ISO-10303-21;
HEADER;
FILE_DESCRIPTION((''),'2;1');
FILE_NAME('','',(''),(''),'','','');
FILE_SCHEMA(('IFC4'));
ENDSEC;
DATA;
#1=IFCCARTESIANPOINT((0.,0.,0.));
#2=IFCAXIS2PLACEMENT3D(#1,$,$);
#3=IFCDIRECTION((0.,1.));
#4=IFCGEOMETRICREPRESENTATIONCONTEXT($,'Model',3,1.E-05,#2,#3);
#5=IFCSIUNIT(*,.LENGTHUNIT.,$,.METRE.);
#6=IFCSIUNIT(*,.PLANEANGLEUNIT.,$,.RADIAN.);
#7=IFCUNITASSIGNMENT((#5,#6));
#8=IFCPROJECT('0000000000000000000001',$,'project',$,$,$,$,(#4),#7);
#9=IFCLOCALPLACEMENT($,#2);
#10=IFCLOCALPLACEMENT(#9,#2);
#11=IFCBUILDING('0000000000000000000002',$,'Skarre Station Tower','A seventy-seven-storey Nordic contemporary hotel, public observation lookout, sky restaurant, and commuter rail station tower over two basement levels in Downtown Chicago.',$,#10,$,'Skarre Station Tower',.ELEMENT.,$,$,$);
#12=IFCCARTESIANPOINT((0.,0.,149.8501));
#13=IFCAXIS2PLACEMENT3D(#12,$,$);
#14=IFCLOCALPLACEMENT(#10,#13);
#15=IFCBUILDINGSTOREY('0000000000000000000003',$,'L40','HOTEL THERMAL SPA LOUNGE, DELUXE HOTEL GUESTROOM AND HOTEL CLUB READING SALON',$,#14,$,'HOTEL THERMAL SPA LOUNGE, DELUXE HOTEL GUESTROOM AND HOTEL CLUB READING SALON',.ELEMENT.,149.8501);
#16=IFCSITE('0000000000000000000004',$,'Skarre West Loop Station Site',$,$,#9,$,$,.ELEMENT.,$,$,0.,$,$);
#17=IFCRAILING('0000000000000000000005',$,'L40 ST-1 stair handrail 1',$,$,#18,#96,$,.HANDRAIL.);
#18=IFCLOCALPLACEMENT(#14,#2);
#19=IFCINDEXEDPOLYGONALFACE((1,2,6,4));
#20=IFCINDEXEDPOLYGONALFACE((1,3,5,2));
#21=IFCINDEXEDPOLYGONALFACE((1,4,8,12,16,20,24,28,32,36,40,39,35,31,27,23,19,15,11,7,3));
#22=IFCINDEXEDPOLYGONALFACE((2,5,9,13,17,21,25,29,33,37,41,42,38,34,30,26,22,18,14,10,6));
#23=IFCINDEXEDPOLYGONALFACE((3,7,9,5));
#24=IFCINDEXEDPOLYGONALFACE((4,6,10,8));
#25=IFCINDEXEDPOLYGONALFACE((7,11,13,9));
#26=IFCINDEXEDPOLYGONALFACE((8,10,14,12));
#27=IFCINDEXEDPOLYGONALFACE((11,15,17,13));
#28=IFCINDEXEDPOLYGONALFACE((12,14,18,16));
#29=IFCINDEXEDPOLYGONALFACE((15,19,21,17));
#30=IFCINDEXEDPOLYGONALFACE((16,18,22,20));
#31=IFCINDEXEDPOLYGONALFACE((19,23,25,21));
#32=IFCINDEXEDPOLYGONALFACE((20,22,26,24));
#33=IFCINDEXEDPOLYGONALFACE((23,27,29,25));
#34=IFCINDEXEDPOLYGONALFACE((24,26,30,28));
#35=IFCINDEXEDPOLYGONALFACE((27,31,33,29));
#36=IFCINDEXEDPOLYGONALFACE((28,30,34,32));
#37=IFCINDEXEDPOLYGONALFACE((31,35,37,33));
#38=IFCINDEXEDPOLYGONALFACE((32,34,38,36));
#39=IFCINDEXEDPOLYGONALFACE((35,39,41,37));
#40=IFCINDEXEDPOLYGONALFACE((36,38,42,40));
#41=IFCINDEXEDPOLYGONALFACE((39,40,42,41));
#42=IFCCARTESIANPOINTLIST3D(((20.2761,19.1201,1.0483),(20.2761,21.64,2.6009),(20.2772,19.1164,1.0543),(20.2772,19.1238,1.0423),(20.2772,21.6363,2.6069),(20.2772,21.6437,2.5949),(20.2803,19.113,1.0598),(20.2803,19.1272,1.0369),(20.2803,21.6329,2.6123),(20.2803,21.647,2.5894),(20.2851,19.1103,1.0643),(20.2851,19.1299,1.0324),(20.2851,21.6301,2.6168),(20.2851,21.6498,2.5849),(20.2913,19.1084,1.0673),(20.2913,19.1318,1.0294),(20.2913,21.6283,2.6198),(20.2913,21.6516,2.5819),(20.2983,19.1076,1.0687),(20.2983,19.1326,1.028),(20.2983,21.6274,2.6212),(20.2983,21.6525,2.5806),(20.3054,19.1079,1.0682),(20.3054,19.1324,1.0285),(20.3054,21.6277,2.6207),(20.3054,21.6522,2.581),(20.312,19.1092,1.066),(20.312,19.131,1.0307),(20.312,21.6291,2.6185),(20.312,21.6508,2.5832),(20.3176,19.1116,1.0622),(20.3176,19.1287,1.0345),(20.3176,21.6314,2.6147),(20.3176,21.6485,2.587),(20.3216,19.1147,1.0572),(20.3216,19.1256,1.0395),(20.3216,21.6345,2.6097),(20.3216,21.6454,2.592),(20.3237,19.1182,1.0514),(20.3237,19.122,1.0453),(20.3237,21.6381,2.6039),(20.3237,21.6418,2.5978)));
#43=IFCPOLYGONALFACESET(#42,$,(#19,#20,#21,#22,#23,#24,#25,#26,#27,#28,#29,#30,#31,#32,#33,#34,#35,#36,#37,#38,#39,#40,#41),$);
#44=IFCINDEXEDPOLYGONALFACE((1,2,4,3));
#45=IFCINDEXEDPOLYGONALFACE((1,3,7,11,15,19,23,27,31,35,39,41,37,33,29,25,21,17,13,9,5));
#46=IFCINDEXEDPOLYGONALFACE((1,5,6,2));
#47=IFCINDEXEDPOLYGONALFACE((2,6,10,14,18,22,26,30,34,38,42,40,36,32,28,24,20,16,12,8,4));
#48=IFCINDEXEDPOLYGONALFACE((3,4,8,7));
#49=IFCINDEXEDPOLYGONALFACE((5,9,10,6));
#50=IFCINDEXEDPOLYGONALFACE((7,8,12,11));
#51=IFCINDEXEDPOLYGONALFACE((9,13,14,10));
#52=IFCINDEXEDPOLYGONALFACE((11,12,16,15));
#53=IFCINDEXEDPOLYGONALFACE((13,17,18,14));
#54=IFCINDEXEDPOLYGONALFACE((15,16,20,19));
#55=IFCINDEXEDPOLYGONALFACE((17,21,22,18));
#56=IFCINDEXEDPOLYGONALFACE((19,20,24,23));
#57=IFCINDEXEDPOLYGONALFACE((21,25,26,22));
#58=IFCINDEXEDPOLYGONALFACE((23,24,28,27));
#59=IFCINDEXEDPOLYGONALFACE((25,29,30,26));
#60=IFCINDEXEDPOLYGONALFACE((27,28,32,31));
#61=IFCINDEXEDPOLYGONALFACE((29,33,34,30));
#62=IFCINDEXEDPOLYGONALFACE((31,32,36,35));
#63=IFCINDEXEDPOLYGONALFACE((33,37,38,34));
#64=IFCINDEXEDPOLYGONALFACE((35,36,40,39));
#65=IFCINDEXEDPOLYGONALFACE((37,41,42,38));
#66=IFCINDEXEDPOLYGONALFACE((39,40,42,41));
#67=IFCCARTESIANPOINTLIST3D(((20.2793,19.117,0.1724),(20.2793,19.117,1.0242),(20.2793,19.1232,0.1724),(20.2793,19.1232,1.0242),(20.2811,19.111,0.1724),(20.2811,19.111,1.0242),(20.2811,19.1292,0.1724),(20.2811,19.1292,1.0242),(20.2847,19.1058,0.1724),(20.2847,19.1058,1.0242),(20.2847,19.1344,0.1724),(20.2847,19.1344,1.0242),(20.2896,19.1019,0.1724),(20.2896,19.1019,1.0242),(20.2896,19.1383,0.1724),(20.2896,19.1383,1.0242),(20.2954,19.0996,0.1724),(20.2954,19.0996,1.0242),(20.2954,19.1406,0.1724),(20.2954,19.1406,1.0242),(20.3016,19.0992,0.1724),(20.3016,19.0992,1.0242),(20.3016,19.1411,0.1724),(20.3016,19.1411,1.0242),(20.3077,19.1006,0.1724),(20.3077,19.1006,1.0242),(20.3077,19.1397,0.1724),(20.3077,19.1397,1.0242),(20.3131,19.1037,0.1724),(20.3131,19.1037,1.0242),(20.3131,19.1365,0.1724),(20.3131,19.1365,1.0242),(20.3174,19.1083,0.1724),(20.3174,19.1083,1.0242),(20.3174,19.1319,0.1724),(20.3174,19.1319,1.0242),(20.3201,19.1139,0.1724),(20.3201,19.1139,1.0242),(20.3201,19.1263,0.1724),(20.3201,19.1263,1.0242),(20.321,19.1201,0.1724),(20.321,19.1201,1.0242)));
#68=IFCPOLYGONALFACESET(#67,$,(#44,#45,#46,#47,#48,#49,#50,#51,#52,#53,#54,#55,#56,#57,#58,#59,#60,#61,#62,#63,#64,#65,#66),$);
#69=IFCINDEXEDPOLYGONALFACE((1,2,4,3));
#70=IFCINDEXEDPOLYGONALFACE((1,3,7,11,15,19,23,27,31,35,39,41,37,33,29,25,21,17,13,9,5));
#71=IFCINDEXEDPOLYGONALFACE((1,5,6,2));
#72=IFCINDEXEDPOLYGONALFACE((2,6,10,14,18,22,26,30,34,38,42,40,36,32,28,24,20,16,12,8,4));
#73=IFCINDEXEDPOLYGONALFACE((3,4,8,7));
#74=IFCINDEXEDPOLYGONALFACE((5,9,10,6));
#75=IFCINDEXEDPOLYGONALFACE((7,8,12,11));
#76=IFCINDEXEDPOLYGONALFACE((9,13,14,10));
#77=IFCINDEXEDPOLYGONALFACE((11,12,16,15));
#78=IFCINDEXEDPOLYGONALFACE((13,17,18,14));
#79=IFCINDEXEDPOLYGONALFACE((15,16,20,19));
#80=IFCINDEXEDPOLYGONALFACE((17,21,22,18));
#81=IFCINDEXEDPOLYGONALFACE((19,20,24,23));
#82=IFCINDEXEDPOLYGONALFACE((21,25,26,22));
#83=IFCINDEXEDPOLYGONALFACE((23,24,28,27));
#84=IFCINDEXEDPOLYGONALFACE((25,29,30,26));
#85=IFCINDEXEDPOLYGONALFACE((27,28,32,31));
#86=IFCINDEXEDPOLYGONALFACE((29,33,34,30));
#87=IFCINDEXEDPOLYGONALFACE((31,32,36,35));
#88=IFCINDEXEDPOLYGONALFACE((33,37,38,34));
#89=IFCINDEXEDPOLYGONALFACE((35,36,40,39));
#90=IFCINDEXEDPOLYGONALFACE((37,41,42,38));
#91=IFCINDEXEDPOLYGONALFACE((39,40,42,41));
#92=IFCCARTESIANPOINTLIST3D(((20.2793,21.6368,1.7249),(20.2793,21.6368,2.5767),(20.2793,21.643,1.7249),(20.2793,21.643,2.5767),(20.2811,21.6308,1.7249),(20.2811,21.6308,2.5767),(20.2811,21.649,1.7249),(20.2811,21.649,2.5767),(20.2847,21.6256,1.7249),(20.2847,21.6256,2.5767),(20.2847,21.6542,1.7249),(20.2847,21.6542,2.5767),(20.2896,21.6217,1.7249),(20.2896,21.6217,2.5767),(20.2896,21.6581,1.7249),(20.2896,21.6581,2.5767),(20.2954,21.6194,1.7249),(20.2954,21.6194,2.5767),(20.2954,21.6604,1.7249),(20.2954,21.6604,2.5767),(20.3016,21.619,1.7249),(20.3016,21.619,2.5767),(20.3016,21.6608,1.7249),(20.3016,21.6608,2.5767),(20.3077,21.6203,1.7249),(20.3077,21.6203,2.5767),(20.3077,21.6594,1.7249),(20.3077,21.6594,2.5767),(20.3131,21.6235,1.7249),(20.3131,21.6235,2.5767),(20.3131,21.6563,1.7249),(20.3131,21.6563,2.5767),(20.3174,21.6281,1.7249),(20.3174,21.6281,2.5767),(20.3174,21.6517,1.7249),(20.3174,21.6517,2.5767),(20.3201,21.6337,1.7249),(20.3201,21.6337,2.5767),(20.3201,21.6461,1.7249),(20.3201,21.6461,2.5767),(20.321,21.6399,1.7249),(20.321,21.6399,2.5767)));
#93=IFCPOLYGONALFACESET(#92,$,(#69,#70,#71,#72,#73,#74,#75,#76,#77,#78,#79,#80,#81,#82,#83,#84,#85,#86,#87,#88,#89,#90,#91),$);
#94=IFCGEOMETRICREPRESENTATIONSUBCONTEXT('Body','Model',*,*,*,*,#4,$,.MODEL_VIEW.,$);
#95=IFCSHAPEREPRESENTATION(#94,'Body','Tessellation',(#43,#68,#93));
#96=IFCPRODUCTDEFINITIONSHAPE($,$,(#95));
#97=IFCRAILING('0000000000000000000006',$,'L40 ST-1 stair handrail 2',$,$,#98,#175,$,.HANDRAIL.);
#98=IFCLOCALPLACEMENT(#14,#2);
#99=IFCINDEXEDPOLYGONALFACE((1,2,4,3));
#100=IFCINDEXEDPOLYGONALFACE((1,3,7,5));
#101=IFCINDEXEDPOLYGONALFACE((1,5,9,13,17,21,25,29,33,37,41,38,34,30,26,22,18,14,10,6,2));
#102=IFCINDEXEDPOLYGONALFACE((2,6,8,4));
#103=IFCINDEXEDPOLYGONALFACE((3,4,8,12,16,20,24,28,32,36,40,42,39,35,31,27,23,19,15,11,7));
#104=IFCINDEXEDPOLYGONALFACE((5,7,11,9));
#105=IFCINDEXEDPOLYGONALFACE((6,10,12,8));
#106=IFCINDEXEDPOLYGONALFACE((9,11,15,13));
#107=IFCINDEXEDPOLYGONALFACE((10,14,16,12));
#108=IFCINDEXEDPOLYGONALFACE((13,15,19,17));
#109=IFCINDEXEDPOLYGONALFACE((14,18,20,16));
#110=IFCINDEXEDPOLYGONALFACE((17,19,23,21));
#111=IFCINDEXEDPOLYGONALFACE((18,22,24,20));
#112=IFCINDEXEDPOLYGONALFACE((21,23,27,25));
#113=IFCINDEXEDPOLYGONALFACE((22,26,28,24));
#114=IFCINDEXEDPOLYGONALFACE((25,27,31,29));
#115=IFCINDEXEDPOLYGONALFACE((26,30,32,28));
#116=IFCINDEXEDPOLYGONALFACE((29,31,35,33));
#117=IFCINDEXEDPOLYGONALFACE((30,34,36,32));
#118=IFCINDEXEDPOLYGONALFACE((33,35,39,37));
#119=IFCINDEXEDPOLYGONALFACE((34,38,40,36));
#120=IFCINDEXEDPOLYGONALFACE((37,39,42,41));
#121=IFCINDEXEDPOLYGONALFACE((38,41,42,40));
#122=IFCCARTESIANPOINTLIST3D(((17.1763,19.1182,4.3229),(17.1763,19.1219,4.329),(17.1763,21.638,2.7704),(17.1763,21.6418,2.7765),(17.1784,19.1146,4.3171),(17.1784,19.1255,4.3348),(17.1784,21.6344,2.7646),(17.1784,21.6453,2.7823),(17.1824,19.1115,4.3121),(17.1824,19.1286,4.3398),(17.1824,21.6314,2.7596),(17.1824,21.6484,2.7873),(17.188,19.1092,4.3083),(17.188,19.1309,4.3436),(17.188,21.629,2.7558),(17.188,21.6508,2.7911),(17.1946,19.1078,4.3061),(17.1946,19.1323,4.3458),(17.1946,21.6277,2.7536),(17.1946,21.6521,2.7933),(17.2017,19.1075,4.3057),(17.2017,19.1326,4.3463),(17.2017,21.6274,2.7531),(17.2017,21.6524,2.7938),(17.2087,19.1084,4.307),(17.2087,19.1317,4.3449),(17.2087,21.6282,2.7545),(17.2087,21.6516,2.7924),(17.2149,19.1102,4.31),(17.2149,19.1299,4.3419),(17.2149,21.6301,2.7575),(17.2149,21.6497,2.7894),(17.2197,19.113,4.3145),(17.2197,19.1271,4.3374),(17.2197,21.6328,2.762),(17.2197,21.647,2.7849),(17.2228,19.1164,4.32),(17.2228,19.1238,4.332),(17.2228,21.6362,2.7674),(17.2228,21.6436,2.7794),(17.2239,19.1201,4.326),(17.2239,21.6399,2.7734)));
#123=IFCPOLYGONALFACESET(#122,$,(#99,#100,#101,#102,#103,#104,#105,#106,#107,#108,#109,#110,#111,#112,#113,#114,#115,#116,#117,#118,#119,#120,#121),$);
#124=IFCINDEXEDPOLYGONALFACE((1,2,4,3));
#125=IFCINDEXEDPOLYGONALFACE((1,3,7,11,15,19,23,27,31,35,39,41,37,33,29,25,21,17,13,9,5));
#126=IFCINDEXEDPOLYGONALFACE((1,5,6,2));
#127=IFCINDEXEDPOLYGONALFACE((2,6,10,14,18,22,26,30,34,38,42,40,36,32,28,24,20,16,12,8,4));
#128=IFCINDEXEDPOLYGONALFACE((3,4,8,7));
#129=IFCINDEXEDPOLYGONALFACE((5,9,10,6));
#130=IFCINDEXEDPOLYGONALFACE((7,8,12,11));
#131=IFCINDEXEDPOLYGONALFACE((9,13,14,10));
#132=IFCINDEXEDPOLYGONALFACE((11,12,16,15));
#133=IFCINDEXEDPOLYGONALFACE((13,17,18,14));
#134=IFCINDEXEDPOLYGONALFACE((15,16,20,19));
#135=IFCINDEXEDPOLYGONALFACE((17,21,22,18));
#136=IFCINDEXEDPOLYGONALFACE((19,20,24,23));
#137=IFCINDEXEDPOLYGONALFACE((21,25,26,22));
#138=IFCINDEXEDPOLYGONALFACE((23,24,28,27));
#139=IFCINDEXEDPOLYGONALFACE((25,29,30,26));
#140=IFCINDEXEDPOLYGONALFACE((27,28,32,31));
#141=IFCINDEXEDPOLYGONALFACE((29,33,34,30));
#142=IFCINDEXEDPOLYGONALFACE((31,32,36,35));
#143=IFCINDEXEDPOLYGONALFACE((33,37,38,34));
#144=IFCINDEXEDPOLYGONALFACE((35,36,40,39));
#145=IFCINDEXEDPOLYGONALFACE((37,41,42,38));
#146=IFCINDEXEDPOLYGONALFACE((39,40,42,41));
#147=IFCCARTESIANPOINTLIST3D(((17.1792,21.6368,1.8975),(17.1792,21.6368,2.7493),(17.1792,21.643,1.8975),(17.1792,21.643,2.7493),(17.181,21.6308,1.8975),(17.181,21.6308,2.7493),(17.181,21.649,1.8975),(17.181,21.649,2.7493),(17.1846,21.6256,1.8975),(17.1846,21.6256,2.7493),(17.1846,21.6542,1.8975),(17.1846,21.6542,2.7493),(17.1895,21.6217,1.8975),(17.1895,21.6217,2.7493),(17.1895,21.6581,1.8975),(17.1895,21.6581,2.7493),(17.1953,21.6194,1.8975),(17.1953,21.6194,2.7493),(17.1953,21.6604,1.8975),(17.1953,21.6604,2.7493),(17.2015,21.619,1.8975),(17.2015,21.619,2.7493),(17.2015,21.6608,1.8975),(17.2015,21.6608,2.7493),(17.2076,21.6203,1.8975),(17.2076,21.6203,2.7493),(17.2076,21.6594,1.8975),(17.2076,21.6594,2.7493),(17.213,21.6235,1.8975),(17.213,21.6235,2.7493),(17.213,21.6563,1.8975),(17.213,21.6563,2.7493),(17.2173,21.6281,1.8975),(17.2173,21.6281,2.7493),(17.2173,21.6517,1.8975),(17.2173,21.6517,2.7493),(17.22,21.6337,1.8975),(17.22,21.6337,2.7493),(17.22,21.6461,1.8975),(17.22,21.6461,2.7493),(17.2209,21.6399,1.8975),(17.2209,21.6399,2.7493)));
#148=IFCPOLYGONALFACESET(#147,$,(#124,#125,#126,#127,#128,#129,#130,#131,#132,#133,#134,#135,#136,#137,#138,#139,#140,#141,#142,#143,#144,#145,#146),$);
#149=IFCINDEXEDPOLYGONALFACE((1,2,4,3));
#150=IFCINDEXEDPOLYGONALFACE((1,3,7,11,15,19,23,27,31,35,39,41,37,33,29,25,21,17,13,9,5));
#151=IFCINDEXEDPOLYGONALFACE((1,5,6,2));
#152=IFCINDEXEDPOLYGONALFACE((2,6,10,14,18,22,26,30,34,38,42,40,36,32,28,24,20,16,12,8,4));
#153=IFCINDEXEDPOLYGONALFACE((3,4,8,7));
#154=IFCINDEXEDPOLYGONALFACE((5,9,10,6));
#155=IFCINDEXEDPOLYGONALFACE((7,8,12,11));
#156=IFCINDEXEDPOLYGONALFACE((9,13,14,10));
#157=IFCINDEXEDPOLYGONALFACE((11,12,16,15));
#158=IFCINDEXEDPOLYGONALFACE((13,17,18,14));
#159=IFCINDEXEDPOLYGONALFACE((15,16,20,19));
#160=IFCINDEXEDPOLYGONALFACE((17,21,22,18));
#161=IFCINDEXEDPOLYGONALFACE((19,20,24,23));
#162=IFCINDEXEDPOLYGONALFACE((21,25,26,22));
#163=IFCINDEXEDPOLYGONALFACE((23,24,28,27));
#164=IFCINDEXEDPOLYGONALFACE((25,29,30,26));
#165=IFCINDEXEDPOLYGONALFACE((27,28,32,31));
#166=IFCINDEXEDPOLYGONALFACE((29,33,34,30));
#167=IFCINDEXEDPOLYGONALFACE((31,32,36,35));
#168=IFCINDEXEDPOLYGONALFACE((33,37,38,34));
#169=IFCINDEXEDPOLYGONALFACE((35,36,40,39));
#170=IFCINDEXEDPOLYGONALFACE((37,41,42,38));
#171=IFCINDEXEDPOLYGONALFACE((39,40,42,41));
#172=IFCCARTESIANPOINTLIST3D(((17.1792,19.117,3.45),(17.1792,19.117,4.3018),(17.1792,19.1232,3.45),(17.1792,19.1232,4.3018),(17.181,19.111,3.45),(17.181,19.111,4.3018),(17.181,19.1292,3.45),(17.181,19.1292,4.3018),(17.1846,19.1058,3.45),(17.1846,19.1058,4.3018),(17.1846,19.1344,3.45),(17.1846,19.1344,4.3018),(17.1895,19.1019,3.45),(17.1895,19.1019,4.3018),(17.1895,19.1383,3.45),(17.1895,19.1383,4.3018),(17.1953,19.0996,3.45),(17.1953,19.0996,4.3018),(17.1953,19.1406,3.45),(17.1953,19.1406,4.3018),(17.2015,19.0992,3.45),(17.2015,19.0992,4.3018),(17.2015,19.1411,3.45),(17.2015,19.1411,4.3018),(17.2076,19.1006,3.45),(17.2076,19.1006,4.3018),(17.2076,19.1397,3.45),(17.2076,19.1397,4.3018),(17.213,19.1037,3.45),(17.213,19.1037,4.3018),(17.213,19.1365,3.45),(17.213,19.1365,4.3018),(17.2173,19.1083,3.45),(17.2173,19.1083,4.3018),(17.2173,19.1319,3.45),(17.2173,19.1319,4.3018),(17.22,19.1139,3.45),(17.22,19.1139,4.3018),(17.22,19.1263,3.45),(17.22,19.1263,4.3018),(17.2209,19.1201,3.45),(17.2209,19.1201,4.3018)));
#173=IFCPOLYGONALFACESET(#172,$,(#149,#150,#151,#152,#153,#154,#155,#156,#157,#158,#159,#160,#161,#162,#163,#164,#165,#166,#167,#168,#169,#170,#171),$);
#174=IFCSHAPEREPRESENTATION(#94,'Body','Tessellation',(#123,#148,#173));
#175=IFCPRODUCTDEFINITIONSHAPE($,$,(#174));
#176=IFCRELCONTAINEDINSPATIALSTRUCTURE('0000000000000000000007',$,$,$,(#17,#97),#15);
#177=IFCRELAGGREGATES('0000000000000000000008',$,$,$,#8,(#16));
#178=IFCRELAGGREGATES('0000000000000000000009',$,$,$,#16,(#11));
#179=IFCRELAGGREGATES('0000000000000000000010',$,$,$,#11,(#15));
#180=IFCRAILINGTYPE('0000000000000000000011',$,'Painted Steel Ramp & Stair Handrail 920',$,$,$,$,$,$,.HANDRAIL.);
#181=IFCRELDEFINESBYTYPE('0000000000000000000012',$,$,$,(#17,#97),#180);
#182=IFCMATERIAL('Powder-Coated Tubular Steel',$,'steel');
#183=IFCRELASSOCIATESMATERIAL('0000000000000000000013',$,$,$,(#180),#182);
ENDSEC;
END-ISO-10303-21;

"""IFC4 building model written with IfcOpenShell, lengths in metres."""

from ifc_helpers import new_model, si_unit, direction, frame, origin, origin_2d, place, context, subcontext, project, spatial, circle, extrude, material, type_object, element, save


model = new_model("IFC4")

# Units and contexts
model_context = context("Model", 3, precision=1e-05, world=origin(), true_north=direction((0.0, 1.0)))
body_context = subcontext(model_context, "Body", "Model", "MODEL_VIEW")
ifc_project = project(units=[si_unit("LENGTHUNIT", "METRE"), si_unit("PLANEANGLEUNIT", "RADIAN")], contexts=[model_context])

# Site, building, storey
site_placement = place(None, origin())
site = spatial("IfcSite", under=ifc_project, at=site_placement, Name="Skarre West Loop Station Site", CompositionType="ELEMENT", RefElevation=0.0)
building_placement = place(site_placement, origin())
building = spatial("IfcBuilding", under=site, at=building_placement, Name="Skarre Station Tower", Description="A seventy-seven-storey Nordic contemporary hotel, public observation lookout, sky restaurant, and commuter rail station tower over two basement levels in Downtown Chicago.", LongName="Skarre Station Tower", CompositionType="ELEMENT")
storey_placement = place(building_placement, frame((0.0, 0.0, 149.8501)))
storey = spatial("IfcBuildingStorey", under=building, at=storey_placement, Name="L40", Description="HOTEL THERMAL SPA LOUNGE, DELUXE HOTEL GUESTROOM AND HOTEL CLUB READING SALON", LongName="HOTEL THERMAL SPA LOUNGE, DELUXE HOTEL GUESTROOM AND HOTEL CLUB READING SALON", CompositionType="ELEMENT", Elevation=149.8501)

# Railings
ifc_material_1 = material(Name="Powder-Coated Tubular Steel", Category="steel")
railing_type_1 = type_object("IfcRailingType", Name="Painted Steel Ramp & Stair Handrail 920", PredefinedType="HANDRAIL", material=ifc_material_1)
railing_1_placement = place(storey_placement, frame((20.3, 19.1201, 0.1724)))
element("IfcRailing", 1, at=railing_1_placement, inside=storey, type_object=railing_type_1, Name="L40 ST-1 stair handrail 1", PredefinedType="HANDRAIL", context=body_context, shape_type="SweptSolid", body=[
    extrude(circle(Radius=0.0239, at=origin_2d()), frame((0.0, 0.0, 0.876), z_axis=(0.0, 0.851378, 0.524553), x_axis=(-1.0, 0.0, 0.0)), (0.0, 0.0, 1.0), 2.9597),
    extrude(circle(Radius=0.021, at=origin_2d()), origin(), (0.0, 0.0, 1.0), 0.8518),
    extrude(circle(Radius=0.021, at=origin_2d()), frame((0.0, 2.5198, 1.5525)), (0.0, 0.0, 1.0), 0.8518),
])
railing_2_placement = place(storey_placement, frame((17.2, 21.6399, 1.8975)))
element("IfcRailing", 2, at=railing_2_placement, inside=storey, type_object=railing_type_1, Name="L40 ST-1 stair handrail 2", PredefinedType="HANDRAIL", context=body_context, shape_type="SweptSolid", body=[
    extrude(circle(Radius=0.0239, at=origin_2d()), frame((0.0, 0.0, 0.876), z_axis=(0.0, -0.851378, 0.524553), x_axis=(1.0, 0.0, 0.0)), (0.0, 0.0, 1.0), 2.9597),
    extrude(circle(Radius=0.021, at=origin_2d()), origin(), (0.0, 0.0, 1.0), 0.8518),
    extrude(circle(Radius=0.021, at=origin_2d()), frame((0.0, -2.5198, 1.5525)), (0.0, 0.0, 1.0), 0.8518),
])

save(model, "model.ifc")
